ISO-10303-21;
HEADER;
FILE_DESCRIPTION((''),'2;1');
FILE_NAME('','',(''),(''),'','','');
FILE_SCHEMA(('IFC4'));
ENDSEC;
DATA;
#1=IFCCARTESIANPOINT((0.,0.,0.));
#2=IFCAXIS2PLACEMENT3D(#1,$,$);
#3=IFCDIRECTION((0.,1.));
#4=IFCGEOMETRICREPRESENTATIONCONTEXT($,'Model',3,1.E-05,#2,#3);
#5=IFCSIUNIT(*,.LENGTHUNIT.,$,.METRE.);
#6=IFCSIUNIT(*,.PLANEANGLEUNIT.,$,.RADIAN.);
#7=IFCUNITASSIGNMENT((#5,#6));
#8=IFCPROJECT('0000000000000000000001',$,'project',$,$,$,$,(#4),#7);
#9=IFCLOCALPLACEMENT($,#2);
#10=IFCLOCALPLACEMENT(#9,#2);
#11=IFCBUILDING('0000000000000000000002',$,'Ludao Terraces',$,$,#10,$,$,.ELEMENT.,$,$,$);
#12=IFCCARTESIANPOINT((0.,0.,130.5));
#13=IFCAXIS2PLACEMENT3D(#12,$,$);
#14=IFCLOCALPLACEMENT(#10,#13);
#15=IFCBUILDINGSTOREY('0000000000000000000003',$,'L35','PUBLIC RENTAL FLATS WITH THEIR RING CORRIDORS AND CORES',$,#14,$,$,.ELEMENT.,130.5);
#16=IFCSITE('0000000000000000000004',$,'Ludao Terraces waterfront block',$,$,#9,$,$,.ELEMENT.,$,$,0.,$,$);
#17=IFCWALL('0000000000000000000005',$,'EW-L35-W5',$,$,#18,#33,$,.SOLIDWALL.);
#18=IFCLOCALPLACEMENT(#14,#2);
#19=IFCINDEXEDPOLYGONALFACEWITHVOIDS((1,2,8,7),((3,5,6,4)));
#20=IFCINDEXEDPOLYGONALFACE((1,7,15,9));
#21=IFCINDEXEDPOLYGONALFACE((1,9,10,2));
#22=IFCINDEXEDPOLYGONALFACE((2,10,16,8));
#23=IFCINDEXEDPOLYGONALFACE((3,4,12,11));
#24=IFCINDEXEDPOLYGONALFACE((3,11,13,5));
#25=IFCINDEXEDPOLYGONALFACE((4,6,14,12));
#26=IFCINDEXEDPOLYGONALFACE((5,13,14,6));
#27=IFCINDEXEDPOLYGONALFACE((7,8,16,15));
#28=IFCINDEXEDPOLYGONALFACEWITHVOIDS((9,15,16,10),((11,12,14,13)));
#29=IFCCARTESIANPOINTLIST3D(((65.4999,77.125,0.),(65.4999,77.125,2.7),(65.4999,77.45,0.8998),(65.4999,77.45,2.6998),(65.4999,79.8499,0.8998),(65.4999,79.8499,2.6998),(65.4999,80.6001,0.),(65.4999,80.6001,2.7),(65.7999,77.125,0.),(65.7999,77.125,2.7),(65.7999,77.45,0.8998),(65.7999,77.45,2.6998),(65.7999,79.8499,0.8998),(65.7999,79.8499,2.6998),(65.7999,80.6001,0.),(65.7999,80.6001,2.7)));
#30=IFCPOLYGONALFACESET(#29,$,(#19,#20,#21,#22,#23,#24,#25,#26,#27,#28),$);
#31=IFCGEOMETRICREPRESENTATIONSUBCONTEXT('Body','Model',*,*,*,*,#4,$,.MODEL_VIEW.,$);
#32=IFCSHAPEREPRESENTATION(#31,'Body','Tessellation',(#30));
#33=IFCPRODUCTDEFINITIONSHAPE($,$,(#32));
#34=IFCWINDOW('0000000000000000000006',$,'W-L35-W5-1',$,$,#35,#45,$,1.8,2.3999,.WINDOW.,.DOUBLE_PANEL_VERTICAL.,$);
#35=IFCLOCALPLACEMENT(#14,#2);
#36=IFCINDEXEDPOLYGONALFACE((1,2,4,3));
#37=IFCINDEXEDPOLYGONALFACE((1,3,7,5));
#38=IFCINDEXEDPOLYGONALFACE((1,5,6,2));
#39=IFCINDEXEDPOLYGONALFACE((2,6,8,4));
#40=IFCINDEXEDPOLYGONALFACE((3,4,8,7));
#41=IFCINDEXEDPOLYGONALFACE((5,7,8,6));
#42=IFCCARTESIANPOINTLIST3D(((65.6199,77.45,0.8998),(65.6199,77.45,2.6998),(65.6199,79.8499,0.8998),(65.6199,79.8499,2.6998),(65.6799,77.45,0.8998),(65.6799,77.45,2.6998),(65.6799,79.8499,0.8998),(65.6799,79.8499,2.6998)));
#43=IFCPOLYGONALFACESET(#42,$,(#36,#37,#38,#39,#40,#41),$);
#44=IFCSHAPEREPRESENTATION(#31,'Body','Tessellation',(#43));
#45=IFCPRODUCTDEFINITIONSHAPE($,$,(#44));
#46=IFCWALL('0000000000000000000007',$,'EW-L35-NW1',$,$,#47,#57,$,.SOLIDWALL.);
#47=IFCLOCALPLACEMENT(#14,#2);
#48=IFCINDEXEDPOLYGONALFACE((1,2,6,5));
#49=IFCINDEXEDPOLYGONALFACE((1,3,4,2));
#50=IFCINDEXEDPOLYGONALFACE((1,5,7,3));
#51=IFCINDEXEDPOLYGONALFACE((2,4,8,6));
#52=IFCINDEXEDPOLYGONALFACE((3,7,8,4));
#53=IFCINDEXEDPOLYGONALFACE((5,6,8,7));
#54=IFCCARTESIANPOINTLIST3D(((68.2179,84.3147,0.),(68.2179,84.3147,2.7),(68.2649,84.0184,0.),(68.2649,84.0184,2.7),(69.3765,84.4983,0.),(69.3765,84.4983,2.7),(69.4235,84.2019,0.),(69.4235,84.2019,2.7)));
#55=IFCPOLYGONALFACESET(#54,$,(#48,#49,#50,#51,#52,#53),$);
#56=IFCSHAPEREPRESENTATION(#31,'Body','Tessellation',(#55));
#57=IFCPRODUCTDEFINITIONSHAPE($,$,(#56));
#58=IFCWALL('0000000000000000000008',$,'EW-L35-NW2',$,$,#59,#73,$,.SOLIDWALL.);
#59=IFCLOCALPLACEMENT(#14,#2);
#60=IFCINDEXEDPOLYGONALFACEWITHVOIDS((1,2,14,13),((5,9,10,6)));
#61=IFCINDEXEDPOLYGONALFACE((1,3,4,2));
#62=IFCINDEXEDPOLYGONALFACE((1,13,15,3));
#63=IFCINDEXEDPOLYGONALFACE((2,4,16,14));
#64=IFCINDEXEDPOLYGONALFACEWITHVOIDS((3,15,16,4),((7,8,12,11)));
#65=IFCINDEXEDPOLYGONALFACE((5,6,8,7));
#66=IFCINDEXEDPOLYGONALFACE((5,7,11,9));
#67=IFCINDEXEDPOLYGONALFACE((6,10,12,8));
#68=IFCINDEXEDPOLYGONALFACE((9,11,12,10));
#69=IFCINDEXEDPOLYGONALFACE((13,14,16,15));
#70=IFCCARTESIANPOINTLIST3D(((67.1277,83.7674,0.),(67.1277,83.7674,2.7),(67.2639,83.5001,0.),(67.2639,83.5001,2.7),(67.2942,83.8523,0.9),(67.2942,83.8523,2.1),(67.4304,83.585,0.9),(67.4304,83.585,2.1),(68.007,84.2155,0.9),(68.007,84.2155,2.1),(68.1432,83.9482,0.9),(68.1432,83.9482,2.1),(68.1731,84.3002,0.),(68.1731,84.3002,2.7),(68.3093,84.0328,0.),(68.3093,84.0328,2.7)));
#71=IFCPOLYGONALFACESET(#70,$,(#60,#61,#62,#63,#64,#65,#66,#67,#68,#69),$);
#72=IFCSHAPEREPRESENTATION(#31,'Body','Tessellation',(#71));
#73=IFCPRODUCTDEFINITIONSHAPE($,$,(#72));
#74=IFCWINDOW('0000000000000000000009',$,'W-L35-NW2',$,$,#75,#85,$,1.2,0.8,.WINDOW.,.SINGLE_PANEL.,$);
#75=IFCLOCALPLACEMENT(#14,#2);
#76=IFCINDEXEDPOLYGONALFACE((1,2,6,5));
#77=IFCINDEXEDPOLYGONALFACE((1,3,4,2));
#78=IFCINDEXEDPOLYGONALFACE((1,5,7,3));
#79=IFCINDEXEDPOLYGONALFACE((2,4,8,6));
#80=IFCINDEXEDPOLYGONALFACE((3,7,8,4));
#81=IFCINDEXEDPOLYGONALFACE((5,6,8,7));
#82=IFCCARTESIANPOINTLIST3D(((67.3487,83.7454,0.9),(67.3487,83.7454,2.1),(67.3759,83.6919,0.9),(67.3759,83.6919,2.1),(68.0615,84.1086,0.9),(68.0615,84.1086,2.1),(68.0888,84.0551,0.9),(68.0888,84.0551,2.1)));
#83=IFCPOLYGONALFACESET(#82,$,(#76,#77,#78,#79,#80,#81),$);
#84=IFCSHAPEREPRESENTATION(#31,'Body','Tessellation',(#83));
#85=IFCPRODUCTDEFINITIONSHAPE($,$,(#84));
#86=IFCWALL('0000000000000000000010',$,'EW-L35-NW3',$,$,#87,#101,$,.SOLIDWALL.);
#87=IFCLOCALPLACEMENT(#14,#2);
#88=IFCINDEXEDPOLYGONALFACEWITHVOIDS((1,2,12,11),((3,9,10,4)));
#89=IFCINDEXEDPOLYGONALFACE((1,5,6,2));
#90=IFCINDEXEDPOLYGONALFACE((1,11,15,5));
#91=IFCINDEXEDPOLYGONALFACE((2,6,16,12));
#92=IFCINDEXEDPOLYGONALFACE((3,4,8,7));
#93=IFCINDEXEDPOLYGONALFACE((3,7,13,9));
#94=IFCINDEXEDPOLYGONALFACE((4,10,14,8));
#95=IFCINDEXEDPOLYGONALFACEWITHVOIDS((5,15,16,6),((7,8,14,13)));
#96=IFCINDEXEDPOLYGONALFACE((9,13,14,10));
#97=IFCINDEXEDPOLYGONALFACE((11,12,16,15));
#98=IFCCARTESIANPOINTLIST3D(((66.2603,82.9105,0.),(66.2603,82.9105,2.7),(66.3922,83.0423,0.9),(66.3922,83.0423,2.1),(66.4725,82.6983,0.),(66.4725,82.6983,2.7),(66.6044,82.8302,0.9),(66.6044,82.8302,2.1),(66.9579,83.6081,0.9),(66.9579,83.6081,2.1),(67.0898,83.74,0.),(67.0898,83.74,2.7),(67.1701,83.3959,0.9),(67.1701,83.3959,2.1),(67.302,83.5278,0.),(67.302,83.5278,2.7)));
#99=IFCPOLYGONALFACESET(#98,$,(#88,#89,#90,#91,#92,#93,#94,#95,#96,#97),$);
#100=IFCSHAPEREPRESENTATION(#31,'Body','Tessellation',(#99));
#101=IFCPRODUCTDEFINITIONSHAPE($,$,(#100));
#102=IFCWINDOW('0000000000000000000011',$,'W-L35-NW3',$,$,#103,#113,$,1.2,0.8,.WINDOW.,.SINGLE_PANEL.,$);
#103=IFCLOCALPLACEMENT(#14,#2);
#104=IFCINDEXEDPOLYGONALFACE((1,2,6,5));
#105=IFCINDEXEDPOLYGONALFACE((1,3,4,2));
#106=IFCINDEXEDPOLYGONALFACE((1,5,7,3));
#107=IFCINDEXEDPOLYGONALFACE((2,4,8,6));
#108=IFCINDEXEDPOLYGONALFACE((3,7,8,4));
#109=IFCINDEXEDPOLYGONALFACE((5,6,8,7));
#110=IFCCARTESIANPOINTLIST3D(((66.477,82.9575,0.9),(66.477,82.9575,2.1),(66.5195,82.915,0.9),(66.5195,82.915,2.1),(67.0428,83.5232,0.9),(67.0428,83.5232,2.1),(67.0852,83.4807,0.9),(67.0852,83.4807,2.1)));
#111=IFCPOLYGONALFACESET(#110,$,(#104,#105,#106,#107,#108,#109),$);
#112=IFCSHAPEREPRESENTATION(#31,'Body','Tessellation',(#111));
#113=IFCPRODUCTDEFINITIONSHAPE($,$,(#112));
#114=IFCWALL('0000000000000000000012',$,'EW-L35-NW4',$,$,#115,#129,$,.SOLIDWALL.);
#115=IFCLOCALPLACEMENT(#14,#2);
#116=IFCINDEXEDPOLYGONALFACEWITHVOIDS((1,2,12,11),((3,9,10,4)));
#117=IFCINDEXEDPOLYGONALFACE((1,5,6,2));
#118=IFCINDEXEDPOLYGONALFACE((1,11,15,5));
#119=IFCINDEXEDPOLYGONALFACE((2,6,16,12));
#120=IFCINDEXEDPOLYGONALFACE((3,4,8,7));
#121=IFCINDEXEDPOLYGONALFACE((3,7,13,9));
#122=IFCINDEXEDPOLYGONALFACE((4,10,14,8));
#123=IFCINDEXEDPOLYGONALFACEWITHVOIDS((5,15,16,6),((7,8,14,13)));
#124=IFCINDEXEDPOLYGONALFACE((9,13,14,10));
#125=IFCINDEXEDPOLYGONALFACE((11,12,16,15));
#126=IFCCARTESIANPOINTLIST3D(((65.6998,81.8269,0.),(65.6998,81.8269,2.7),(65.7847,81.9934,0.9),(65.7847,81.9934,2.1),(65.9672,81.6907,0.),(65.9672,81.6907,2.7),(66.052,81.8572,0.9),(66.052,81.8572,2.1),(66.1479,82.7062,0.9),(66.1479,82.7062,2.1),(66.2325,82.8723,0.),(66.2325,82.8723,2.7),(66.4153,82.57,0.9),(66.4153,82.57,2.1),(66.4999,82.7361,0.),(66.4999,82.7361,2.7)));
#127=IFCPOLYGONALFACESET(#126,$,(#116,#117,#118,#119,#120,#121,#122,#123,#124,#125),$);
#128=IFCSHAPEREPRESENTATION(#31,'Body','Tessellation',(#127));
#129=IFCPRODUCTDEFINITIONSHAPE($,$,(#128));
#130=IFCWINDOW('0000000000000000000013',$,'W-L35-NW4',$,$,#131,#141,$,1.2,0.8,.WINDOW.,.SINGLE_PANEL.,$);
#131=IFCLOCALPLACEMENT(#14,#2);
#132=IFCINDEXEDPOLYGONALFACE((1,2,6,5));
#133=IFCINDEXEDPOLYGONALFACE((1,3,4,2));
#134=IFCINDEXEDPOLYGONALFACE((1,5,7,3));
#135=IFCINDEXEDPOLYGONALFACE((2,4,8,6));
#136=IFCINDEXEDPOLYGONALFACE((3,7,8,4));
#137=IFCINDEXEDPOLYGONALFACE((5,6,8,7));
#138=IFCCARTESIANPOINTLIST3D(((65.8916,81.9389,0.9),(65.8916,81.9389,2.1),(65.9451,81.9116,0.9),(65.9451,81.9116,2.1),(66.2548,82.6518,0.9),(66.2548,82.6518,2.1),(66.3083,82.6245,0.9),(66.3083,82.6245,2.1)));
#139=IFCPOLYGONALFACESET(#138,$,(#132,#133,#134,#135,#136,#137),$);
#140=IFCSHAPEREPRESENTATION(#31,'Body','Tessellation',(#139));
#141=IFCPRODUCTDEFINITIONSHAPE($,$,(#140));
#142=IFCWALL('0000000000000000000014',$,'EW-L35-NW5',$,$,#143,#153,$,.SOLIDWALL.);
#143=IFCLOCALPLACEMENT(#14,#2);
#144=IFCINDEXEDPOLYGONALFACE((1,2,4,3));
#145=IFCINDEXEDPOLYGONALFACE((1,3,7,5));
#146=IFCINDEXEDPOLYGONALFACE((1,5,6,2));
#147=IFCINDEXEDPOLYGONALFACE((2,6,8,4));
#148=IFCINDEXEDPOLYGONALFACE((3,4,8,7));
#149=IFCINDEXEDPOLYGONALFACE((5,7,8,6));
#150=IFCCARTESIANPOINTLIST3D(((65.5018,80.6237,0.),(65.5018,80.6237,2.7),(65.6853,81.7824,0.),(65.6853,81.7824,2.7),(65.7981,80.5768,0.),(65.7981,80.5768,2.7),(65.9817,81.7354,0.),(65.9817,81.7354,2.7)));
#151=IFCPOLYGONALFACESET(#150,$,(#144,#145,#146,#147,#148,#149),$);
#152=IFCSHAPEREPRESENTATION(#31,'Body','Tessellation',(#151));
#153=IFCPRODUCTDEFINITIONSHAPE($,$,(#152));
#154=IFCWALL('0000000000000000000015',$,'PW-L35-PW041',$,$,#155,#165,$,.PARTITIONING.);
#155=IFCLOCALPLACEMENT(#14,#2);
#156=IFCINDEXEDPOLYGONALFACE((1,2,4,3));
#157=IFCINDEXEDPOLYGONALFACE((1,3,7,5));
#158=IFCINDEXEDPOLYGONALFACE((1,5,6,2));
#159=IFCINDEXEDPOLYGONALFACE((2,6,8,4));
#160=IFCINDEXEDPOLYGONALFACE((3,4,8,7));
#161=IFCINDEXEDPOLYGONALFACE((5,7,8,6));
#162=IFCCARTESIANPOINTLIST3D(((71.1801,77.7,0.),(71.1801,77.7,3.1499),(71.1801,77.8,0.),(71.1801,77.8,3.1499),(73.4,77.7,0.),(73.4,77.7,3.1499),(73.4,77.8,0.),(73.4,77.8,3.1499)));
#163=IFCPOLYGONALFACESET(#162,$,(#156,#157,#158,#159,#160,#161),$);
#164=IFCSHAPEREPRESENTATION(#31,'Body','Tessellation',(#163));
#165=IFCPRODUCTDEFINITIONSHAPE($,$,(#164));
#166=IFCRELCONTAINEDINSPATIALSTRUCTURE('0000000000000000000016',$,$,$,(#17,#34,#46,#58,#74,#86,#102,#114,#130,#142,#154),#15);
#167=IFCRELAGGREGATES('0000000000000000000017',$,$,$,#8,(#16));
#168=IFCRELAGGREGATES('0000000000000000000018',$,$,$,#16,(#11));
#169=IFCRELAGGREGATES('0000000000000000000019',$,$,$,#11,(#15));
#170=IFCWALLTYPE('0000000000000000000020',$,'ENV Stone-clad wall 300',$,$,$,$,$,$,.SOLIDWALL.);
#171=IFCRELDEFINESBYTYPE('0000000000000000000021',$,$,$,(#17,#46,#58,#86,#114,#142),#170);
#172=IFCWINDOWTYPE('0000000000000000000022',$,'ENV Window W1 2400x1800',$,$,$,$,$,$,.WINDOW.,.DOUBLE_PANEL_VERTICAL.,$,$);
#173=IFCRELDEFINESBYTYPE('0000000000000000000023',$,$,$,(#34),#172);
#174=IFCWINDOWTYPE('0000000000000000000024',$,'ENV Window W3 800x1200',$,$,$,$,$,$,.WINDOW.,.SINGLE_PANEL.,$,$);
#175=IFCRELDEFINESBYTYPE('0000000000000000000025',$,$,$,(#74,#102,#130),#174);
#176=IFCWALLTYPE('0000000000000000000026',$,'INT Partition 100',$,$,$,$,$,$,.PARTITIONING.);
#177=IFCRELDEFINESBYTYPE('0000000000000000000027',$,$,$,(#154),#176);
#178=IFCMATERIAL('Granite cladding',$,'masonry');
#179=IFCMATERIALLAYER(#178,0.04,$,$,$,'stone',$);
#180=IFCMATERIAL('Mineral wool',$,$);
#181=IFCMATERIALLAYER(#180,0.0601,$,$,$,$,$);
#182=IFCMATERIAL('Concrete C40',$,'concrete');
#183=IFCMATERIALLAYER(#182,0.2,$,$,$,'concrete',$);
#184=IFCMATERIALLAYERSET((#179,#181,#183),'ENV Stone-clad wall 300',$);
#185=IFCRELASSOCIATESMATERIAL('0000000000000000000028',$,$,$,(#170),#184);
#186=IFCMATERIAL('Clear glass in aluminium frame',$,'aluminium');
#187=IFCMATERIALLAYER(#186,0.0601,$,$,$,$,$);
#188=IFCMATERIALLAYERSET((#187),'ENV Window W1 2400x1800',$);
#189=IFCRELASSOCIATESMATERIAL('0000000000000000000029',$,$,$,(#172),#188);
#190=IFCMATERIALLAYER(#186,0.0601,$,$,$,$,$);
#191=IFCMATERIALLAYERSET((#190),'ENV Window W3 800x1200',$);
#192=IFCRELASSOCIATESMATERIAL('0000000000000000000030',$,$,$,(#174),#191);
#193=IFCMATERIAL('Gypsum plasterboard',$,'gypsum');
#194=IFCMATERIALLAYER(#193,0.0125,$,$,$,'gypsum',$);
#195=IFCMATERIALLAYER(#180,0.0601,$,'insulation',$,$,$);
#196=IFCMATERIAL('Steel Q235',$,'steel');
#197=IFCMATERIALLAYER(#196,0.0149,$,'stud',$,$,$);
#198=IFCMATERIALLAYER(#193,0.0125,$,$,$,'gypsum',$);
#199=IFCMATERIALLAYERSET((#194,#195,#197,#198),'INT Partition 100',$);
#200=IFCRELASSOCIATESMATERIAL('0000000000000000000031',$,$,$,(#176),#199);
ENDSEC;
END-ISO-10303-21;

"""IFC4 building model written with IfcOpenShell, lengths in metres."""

from ifc_helpers import new_model, si_unit, direction, frame, frame_2d, origin, place, context, subcontext, project, spatial, rectangle, extrude, material, layer, layer_set, type_object, element, fill, save


model = new_model("IFC4")

# Units and contexts
model_context = context("Model", 3, precision=1e-05, world=origin(), true_north=direction((0.0, 1.0)))
body_context = subcontext(model_context, "Body", "Model", "MODEL_VIEW")
ifc_project = project(units=[si_unit("LENGTHUNIT", "METRE"), si_unit("PLANEANGLEUNIT", "RADIAN")], contexts=[model_context])

# Site, building, storey
site_placement = place(None, origin())
site = spatial("IfcSite", under=ifc_project, at=site_placement, Name="Ludao Terraces waterfront block", CompositionType="ELEMENT", RefElevation=0.0)
building_placement = place(site_placement, origin())
building = spatial("IfcBuilding", under=site, at=building_placement, Name="Ludao Terraces", CompositionType="ELEMENT")
storey_placement = place(building_placement, frame((0.0, 0.0, 130.5)))
storey = spatial("IfcBuildingStorey", under=building, at=storey_placement, Name="L35", Description="PUBLIC RENTAL FLATS WITH THEIR RING CORRIDORS AND CORES", CompositionType="ELEMENT", Elevation=130.5)

# Shared definitions
ifc_material_1 = material(Name="Concrete C40", Category="concrete")

# Shared definitions
ifc_material_2 = material(Name="Steel Q235", Category="steel")

# Shared definitions
ifc_material_3 = material(Name="Granite cladding", Category="masonry")
ifc_layer_1 = layer(ifc_material_3, 0.04, Category="stone")
ifc_material_4 = material(Name="Mineral wool")
ifc_layer_2 = layer(ifc_material_4, 0.0601)
ifc_layer_3 = layer(ifc_material_1, 0.2, Category="concrete")
ifc_layer_set_1 = layer_set([ifc_layer_1, ifc_layer_2, ifc_layer_3], Name="ENV Stone-clad wall 300")
wall_type_1 = type_object("IfcWallType", Name="ENV Stone-clad wall 300", PredefinedType="SOLIDWALL", material=ifc_layer_set_1)
ifc_material_5 = material(Name="Clear glass in aluminium frame", Category="aluminium")
ifc_layer_4 = layer(ifc_material_5, 0.0601)
ifc_layer_set_2 = layer_set([ifc_layer_4], Name="ENV Window W1 2400x1800")
window_type_1 = type_object("IfcWindowType", Name="ENV Window W1 2400x1800", PartitioningType="DOUBLE_PANEL_VERTICAL", PredefinedType="WINDOW", material=ifc_layer_set_2)

# Wall, opening, window
wall_1_placement = place(storey_placement, frame((65.6499, 77.125, 0.0), z_axis=(0.0, 0.0, 1.0), x_axis=(0.0, 1.0, 0.0)))
wall_1 = element("IfcWall", 1, at=wall_1_placement, inside=storey, type_object=wall_type_1, Name="EW-L35-W5", PredefinedType="SOLIDWALL", context=body_context, shape_type="SweptSolid", body=[
    extrude(rectangle(XDim=3.4751, YDim=0.3, at=frame_2d((1.7375, 0.0))), origin(), (0.0, 0.0, 1.0), 2.7),
])
opening_1_placement = place(wall_1_placement, frame((0.325, 0.0, 0.8999)))
opening_1 = element("IfcOpeningElement", 2, at=opening_1_placement, cuts=wall_1, PredefinedType="OPENING", context=body_context, shape_type="SweptSolid", body=[
    extrude(rectangle(XDim=2.3999, YDim=1.8, at=frame_2d((1.2, 0.8999))), frame((0.0, 0.1602, 0.0), z_axis=(0.0, -1.0, 0.0), x_axis=(1.0, 0.0, 0.0)), (0.0, 0.0, 1.0), 0.3201),
])
window_1_placement = place(opening_1_placement, origin())
window_1 = element("IfcWindow", 3, at=window_1_placement, inside=storey, type_object=window_type_1, Name="W-L35-W5-1", OverallHeight=1.8, OverallWidth=2.3999, PartitioningType="DOUBLE_PANEL_VERTICAL", PredefinedType="WINDOW", context=body_context, shape_type="SweptSolid", body=[
    extrude(rectangle(XDim=2.3999, YDim=1.8, at=frame_2d((1.2, 0.8999))), frame((0.0, 0.03, 0.0), z_axis=(0.0, -1.0, 0.0), x_axis=(1.0, 0.0, 0.0)), (0.0, 0.0, 1.0), 0.0601),
])
fill(opening_1, window_1)

# Wall
wall_2_placement = place(storey_placement, frame((69.3999, 84.3501, 0.0), z_axis=(0.0, 0.0, 1.0), x_axis=(-0.987678, -0.156497, 0.0)))
element("IfcWall", 4, at=wall_2_placement, inside=storey, type_object=wall_type_1, Name="EW-L35-NW1", PredefinedType="SOLIDWALL", context=body_context, shape_type="SweptSolid", body=[
    extrude(rectangle(XDim=1.1731, YDim=0.3, at=frame_2d((0.5864, 0.0))), origin(), (0.0, 0.0, 1.0), 2.7),
])

# Walls, openings, windows
wall_3_placement = place(storey_placement, frame((68.2412, 84.1665, 0.0), z_axis=(0.0, 0.0, 1.0), x_axis=(-0.890989, -0.454026, 0.0)))
wall_3 = element("IfcWall", 5, at=wall_3_placement, inside=storey, type_object=wall_type_1, Name="EW-L35-NW2", PredefinedType="SOLIDWALL", context=body_context, shape_type="SweptSolid", body=[
    extrude(rectangle(XDim=1.1733, YDim=0.3, at=frame_2d((0.5867, 0.0))), origin(), (0.0, 0.0, 1.0), 2.7),
])
opening_2_placement = place(wall_3_placement, frame((0.1865, 0.0, 0.8999)))
opening_2 = element("IfcOpeningElement", 6, at=opening_2_placement, cuts=wall_3, PredefinedType="OPENING", context=body_context, shape_type="SweptSolid", body=[
    extrude(rectangle(XDim=0.8, YDim=1.2, at=frame_2d((0.3999, 0.6001))), frame((0.0, 0.1602, 0.0), z_axis=(0.0, -1.0, 0.0), x_axis=(1.0, 0.0, 0.0)), (0.0, 0.0, 1.0), 0.3201),
])
ifc_layer_5 = layer(ifc_material_5, 0.0601)
ifc_layer_set_3 = layer_set([ifc_layer_5], Name="ENV Window W3 800x1200")
window_type_2 = type_object("IfcWindowType", Name="ENV Window W3 800x1200", PartitioningType="SINGLE_PANEL", PredefinedType="WINDOW", material=ifc_layer_set_3)
window_2_placement = place(opening_2_placement, origin())
window_2 = element("IfcWindow", 7, at=window_2_placement, inside=storey, type_object=window_type_2, Name="W-L35-NW2", OverallHeight=1.2, OverallWidth=0.8, PartitioningType="SINGLE_PANEL", PredefinedType="WINDOW", context=body_context, shape_type="SweptSolid", body=[
    extrude(rectangle(XDim=0.8, YDim=1.2, at=frame_2d((0.3999, 0.6001))), frame((0.0, 0.03, 0.0), z_axis=(0.0, -1.0, 0.0), x_axis=(1.0, 0.0, 0.0)), (0.0, 0.0, 1.0), 0.0601),
])
fill(opening_2, window_2)
wall_4_placement = place(storey_placement, frame((67.1958, 83.6338, 0.0), z_axis=(0.0, 0.0, 1.0), x_axis=(-0.707107, -0.707107, 0.0)))
wall_4 = element("IfcWall", 8, at=wall_4_placement, inside=storey, type_object=wall_type_1, Name="EW-L35-NW3", PredefinedType="SOLIDWALL", context=body_context, shape_type="SweptSolid", body=[
    extrude(rectangle(XDim=1.1731, YDim=0.3, at=frame_2d((0.5864, 0.0))), origin(), (0.0, 0.0, 1.0), 2.7),
])
opening_3_placement = place(wall_4_placement, frame((0.1865, 0.0, 0.8999)))
opening_3 = element("IfcOpeningElement", 9, at=opening_3_placement, cuts=wall_4, PredefinedType="OPENING", context=body_context, shape_type="SweptSolid", body=[
    extrude(rectangle(XDim=0.8, YDim=1.2, at=frame_2d((0.3999, 0.6001))), frame((0.0, 0.1602, 0.0), z_axis=(0.0, -1.0, 0.0), x_axis=(1.0, 0.0, 0.0)), (0.0, 0.0, 1.0), 0.3201),
])
window_3_placement = place(opening_3_placement, origin())
window_3 = element("IfcWindow", 10, at=window_3_placement, inside=storey, type_object=window_type_2, Name="W-L35-NW3", OverallHeight=1.2, OverallWidth=0.8, PartitioningType="SINGLE_PANEL", PredefinedType="WINDOW", context=body_context, shape_type="SweptSolid", body=[
    extrude(rectangle(XDim=0.8, YDim=1.2, at=frame_2d((0.3999, 0.6001))), frame((0.0, 0.03, 0.0), z_axis=(0.0, -1.0, 0.0), x_axis=(1.0, 0.0, 0.0)), (0.0, 0.0, 1.0), 0.0601),
])
fill(opening_3, window_3)
wall_5_placement = place(storey_placement, frame((66.3662, 82.8042, 0.0), z_axis=(0.0, 0.0, 1.0), x_axis=(-0.454026, -0.890989, 0.0)))
wall_5 = element("IfcWall", 11, at=wall_5_placement, inside=storey, type_object=wall_type_1, Name="EW-L35-NW4", PredefinedType="SOLIDWALL", context=body_context, shape_type="SweptSolid", body=[
    extrude(rectangle(XDim=1.1733, YDim=0.3, at=frame_2d((0.5867, 0.0))), origin(), (0.0, 0.0, 1.0), 2.7),
])
opening_4_placement = place(wall_5_placement, frame((0.1865, 0.0, 0.8999)))
opening_4 = element("IfcOpeningElement", 12, at=opening_4_placement, cuts=wall_5, PredefinedType="OPENING", context=body_context, shape_type="SweptSolid", body=[
    extrude(rectangle(XDim=0.8, YDim=1.2, at=frame_2d((0.3999, 0.6001))), frame((0.0, 0.1602, 0.0), z_axis=(0.0, -1.0, 0.0), x_axis=(1.0, 0.0, 0.0)), (0.0, 0.0, 1.0), 0.3201),
])
window_4_placement = place(opening_4_placement, origin())
window_4 = element("IfcWindow", 13, at=window_4_placement, inside=storey, type_object=window_type_2, Name="W-L35-NW4", OverallHeight=1.2, OverallWidth=0.8, PartitioningType="SINGLE_PANEL", PredefinedType="WINDOW", context=body_context, shape_type="SweptSolid", body=[
    extrude(rectangle(XDim=0.8, YDim=1.2, at=frame_2d((0.3999, 0.6001))), frame((0.0, 0.03, 0.0), z_axis=(0.0, -1.0, 0.0), x_axis=(1.0, 0.0, 0.0)), (0.0, 0.0, 1.0), 0.0601),
])
fill(opening_4, window_4)

# Walls
wall_6_placement = place(storey_placement, frame((65.8335, 81.7588, 0.0), z_axis=(0.0, 0.0, 1.0), x_axis=(-0.156497, -0.987678, 0.0)))
element("IfcWall", 14, at=wall_6_placement, inside=storey, type_object=wall_type_1, Name="EW-L35-NW5", PredefinedType="SOLIDWALL", context=body_context, shape_type="SweptSolid", body=[
    extrude(rectangle(XDim=1.1731, YDim=0.3, at=frame_2d((0.5864, 0.0))), origin(), (0.0, 0.0, 1.0), 2.7),
])
ifc_material_6 = material(Name="Gypsum plasterboard", Category="gypsum")
ifc_layer_6 = layer(ifc_material_6, 0.0125, Category="gypsum")
ifc_layer_7 = layer(ifc_material_4, 0.0601, Name="insulation")
ifc_layer_8 = layer(ifc_material_2, 0.0149, Name="stud")
ifc_layer_9 = layer(ifc_material_6, 0.0125, Category="gypsum")
ifc_layer_set_4 = layer_set([ifc_layer_6, ifc_layer_7, ifc_layer_8, ifc_layer_9], Name="INT Partition 100")
wall_type_2 = type_object("IfcWallType", Name="INT Partition 100", PredefinedType="PARTITIONING", material=ifc_layer_set_4)
for number, where, z_axis, x_axis, name in (
    (15, (71.1802, 77.75, 0.0), (0.0, 0.0, 1.0), (1.0, 0.0, 0.0), "PW-L35-PW041"),
):
    element("IfcWall", number, at=place(storey_placement, frame(where, z_axis=z_axis, x_axis=x_axis)), inside=storey, type_object=wall_type_2, Name=name, PredefinedType="PARTITIONING", context=body_context, shape_type="SweptSolid", body=[
        extrude(rectangle(XDim=2.22, YDim=0.1001, at=frame_2d((1.1099, 0.0))), origin(), (0.0, 0.0, 1.0), 3.1499),
    ])

save(model, "model.ifc")
